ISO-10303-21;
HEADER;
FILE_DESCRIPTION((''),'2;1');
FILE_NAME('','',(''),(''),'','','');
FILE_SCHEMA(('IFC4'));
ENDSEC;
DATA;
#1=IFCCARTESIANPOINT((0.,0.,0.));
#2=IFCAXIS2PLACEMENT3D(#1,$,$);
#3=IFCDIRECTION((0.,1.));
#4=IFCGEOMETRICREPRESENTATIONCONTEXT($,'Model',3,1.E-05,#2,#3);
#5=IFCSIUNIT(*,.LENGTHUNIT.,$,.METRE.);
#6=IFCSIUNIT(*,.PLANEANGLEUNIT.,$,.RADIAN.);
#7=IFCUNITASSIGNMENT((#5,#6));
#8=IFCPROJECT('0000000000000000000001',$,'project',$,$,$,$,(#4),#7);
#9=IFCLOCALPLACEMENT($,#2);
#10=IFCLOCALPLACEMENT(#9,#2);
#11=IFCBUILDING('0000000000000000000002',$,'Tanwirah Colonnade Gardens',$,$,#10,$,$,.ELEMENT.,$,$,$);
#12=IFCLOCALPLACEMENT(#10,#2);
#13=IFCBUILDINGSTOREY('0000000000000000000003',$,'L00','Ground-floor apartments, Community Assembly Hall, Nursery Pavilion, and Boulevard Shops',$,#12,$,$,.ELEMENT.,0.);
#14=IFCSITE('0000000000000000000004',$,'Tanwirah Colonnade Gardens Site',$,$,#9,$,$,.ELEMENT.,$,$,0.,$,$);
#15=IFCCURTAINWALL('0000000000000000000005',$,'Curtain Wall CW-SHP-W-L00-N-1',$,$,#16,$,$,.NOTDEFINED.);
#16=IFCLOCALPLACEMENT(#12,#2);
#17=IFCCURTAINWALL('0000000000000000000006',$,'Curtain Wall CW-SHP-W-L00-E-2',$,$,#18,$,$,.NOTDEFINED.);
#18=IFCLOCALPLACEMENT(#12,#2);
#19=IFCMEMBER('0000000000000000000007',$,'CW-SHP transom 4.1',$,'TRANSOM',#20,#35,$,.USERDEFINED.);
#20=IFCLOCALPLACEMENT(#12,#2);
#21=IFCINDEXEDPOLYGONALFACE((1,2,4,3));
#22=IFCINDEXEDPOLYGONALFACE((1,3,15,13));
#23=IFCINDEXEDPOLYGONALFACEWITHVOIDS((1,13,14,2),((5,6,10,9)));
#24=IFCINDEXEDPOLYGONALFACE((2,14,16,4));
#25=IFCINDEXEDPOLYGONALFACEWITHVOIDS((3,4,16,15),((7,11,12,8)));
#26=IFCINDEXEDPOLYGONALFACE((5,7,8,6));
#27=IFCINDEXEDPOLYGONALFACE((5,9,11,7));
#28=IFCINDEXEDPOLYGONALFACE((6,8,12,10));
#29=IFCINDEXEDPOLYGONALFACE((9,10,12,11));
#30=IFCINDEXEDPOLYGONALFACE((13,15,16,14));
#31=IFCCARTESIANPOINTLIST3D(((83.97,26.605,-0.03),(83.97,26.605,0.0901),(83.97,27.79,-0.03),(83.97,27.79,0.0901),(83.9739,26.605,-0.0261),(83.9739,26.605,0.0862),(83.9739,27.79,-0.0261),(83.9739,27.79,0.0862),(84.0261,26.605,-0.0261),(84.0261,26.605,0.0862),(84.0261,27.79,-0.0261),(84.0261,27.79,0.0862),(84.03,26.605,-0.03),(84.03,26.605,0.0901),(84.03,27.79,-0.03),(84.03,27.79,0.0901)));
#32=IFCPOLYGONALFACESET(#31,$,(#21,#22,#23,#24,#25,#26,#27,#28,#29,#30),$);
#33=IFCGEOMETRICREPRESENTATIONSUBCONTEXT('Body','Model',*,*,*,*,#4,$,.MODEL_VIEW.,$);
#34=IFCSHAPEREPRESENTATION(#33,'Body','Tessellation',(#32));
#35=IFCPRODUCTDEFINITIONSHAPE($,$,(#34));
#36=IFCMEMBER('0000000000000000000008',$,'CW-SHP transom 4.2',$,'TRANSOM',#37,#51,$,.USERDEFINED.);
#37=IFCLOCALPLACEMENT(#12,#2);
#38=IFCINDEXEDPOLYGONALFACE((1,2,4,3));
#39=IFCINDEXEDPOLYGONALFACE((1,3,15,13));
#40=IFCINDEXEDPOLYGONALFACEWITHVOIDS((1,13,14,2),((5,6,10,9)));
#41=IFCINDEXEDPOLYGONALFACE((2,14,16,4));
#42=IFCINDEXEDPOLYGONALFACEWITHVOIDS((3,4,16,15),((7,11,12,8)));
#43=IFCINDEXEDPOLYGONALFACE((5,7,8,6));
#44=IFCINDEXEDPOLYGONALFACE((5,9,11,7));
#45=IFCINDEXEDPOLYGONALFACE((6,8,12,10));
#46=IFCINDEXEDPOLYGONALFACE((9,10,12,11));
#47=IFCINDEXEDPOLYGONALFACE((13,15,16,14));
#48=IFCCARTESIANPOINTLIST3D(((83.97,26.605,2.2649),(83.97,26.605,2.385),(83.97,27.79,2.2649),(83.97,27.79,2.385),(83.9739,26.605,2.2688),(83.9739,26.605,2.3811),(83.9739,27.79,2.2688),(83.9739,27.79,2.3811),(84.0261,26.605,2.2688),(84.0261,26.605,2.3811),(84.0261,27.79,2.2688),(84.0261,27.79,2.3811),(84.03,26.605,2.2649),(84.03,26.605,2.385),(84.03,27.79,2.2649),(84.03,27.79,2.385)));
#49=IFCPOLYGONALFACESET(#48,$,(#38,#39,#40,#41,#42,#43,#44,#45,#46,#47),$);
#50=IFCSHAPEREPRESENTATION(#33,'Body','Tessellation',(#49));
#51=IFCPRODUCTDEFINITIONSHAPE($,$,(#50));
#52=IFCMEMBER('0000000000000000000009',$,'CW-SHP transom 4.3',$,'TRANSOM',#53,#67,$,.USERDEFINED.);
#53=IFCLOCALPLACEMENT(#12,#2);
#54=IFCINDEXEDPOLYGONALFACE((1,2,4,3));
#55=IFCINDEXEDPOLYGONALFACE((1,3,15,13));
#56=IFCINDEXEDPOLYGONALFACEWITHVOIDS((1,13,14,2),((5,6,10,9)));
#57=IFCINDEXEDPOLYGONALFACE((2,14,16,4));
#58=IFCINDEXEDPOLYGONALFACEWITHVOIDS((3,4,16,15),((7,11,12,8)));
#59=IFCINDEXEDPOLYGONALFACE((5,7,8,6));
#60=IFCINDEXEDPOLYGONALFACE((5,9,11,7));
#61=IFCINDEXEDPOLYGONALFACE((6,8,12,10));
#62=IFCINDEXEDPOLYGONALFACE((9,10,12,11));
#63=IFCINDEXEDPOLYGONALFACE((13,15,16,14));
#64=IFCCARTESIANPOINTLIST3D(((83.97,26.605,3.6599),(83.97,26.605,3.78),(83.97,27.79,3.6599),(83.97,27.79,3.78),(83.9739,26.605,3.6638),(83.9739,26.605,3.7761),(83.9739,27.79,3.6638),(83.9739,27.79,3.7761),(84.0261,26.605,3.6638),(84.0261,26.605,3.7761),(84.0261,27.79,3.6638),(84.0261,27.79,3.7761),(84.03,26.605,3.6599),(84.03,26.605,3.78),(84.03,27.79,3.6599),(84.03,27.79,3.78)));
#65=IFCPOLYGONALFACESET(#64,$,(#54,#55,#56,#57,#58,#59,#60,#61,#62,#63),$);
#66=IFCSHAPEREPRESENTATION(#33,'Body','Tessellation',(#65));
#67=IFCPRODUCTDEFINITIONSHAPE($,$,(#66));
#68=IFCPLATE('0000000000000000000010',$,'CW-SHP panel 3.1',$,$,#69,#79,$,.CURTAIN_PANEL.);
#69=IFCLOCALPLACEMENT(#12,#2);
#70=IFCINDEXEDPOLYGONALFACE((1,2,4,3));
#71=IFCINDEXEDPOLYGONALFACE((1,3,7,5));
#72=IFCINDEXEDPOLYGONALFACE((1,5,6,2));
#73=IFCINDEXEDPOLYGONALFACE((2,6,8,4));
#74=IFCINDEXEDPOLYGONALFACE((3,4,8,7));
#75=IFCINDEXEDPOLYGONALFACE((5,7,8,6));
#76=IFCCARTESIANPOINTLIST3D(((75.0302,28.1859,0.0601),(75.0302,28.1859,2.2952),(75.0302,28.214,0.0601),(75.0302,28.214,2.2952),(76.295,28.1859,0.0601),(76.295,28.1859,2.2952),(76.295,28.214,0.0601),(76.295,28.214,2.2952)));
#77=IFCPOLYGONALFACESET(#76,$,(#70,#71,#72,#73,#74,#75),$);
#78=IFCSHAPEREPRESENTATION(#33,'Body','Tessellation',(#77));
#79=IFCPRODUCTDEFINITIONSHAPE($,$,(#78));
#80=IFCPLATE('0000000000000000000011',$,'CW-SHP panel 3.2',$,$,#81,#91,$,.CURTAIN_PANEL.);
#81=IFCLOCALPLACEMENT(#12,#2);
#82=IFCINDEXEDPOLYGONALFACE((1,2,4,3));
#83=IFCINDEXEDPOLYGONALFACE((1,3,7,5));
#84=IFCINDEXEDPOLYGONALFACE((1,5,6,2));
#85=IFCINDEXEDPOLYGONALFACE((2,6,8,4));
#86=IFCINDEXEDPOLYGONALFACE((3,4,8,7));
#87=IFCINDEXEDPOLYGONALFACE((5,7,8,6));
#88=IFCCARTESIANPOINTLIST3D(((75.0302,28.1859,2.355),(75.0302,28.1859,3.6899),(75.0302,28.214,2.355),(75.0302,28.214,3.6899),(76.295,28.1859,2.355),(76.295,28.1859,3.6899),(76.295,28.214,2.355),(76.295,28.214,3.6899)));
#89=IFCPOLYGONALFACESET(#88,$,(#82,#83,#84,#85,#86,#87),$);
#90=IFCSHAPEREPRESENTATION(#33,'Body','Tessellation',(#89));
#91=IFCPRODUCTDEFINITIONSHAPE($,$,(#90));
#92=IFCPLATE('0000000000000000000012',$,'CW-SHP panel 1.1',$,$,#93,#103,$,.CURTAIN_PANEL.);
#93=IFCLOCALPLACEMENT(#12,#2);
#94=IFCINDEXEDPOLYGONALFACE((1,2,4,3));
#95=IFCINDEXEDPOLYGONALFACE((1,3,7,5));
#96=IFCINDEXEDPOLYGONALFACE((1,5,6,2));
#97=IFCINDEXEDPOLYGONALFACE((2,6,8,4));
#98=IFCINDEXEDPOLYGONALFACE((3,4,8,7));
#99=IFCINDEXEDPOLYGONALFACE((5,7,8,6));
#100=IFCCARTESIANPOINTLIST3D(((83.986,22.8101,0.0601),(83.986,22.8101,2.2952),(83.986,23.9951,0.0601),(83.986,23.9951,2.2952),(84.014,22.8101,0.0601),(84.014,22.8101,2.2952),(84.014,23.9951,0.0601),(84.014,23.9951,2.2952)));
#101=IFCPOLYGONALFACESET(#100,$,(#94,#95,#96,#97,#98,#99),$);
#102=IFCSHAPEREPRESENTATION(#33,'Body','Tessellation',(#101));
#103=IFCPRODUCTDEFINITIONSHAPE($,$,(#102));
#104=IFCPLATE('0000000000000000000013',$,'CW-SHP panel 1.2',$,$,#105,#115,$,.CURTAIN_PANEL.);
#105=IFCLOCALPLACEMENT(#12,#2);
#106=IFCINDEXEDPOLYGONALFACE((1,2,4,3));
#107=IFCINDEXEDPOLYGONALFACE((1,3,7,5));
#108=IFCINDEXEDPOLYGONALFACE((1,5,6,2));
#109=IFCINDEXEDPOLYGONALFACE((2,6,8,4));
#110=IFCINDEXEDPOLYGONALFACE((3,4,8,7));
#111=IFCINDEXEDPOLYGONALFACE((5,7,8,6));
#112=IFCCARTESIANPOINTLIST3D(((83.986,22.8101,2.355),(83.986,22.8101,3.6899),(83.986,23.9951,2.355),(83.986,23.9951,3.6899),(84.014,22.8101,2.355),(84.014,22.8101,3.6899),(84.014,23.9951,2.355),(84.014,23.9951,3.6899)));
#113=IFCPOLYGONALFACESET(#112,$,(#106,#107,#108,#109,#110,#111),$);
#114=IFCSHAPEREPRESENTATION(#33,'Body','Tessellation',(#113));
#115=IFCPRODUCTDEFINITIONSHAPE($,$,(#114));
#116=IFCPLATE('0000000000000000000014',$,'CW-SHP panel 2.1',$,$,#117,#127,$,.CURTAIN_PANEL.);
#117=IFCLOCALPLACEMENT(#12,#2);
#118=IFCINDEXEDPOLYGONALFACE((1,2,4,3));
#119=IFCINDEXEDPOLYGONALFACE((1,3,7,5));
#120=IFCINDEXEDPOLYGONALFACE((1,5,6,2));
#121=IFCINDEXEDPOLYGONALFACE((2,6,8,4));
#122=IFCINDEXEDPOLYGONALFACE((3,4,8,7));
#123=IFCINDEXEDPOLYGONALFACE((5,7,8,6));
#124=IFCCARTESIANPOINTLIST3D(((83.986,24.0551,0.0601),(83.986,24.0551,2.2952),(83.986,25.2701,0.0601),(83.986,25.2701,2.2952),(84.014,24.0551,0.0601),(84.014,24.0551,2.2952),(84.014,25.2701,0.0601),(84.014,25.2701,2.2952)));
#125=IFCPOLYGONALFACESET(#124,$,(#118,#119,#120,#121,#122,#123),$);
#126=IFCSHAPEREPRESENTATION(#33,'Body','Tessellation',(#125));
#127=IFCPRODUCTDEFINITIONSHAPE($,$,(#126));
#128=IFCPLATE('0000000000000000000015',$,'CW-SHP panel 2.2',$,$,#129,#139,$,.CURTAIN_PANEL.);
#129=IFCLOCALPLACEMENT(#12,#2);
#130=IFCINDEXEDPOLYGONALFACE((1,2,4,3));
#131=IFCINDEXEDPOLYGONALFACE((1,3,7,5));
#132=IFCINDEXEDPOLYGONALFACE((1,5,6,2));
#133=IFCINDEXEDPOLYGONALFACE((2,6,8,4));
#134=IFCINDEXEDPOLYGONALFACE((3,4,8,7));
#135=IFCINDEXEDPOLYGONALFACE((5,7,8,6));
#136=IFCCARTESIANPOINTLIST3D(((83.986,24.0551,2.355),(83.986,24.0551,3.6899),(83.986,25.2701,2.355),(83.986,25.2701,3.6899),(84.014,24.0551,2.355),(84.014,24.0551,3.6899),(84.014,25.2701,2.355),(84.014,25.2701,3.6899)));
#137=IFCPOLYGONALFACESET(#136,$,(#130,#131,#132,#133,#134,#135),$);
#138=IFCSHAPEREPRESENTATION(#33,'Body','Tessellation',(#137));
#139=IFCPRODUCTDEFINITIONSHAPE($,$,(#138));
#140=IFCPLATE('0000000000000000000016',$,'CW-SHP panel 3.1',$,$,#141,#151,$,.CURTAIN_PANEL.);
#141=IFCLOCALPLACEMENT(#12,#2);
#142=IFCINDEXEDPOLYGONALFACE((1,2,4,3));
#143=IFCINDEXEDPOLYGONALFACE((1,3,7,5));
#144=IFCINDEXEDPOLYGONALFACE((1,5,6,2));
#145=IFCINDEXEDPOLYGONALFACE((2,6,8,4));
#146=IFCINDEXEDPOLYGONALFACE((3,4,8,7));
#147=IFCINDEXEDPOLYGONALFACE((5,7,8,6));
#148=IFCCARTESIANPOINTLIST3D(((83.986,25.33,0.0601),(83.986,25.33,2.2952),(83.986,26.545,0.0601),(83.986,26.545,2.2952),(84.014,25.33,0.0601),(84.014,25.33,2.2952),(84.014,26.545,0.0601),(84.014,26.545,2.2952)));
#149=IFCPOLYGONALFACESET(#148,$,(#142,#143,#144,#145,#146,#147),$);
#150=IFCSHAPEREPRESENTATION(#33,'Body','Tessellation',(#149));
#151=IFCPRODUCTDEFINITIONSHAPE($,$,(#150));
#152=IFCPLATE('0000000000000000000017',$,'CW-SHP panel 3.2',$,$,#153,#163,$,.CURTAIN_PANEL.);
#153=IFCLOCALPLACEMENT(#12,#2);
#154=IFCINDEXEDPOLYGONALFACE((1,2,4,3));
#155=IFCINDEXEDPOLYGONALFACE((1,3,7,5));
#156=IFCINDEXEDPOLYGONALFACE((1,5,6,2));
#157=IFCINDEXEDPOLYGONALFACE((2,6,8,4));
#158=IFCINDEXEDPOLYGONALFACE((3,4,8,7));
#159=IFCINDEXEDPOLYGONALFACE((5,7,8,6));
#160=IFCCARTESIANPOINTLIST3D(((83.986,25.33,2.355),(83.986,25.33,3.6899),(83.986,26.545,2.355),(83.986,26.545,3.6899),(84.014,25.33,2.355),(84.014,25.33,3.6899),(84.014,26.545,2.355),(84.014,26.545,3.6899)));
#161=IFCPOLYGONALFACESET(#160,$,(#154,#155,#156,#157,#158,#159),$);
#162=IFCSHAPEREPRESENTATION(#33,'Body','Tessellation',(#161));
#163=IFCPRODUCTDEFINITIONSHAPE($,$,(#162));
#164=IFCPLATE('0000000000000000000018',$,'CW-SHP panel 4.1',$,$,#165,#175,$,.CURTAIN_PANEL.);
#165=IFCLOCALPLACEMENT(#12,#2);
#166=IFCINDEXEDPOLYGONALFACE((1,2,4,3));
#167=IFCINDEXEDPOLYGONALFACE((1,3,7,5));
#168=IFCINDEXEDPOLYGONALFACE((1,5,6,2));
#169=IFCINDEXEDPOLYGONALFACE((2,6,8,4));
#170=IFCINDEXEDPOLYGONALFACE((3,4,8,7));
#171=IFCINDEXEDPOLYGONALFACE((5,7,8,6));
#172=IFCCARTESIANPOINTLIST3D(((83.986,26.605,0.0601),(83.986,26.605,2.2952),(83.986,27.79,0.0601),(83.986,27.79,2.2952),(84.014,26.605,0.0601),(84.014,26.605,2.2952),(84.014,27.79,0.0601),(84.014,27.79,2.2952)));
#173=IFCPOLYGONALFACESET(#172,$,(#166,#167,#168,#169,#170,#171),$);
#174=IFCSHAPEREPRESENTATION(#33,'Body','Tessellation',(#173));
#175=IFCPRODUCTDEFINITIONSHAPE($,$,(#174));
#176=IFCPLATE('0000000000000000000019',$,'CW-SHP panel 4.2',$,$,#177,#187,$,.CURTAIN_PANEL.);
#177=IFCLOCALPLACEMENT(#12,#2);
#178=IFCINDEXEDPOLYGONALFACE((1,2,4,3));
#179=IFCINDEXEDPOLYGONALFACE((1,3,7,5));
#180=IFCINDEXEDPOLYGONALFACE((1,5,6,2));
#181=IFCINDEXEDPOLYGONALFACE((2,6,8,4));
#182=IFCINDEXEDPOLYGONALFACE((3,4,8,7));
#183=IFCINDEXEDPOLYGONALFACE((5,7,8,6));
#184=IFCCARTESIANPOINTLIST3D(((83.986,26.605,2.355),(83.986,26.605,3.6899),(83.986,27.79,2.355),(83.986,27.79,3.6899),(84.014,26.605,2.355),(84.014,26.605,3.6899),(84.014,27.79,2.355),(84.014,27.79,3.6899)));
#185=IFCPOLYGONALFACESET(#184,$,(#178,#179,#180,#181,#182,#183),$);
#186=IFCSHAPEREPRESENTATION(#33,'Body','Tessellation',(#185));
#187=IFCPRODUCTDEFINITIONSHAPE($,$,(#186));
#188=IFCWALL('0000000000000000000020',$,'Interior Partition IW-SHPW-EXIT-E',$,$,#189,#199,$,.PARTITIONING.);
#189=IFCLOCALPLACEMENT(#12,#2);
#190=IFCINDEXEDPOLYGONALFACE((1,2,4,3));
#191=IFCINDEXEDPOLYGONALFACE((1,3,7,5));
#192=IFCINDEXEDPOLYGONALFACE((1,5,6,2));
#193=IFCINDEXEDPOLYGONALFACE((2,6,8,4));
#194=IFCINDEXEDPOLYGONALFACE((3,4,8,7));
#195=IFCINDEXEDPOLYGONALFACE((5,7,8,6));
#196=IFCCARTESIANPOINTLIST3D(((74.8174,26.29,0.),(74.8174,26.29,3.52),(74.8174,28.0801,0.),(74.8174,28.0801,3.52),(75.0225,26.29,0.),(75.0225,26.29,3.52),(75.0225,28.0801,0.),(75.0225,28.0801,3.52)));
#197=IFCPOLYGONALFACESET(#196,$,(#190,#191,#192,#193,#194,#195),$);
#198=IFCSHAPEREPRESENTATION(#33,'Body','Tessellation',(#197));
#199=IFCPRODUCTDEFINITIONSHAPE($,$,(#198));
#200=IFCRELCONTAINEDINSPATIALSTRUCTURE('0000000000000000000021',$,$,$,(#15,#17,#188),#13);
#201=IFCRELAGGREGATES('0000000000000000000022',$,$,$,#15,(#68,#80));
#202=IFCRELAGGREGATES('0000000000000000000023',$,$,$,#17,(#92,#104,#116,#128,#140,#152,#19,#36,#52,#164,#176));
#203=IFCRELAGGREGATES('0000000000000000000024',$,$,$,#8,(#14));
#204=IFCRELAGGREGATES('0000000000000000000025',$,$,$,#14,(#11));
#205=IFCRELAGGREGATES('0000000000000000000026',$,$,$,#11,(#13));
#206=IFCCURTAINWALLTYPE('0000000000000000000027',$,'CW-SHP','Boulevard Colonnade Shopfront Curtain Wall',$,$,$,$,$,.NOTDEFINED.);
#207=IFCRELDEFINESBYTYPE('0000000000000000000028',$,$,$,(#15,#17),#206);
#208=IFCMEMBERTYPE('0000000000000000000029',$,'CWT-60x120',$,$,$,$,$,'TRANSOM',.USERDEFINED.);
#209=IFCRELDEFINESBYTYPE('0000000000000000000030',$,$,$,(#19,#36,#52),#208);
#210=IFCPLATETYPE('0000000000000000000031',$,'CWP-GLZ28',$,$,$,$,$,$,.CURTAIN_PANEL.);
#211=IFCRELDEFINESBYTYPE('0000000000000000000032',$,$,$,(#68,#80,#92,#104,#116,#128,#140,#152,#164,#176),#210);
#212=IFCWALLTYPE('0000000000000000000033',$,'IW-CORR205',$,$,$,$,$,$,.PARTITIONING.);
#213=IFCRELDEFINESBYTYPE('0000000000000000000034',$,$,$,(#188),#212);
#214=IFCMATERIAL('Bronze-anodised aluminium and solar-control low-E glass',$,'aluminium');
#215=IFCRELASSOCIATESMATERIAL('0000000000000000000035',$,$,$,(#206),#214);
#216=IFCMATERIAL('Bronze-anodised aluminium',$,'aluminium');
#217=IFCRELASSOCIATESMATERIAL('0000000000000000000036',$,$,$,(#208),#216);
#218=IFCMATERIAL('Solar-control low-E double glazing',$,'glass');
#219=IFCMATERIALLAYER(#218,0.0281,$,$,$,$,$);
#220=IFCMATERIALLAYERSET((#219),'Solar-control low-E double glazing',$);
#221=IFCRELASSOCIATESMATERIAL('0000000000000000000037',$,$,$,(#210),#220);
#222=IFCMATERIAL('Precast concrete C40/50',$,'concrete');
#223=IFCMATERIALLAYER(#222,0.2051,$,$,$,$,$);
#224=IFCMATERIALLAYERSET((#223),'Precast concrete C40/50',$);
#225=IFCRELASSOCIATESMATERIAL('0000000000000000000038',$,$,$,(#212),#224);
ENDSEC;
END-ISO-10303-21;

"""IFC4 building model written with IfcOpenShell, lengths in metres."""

from ifc_helpers import new_model, si_unit, direction, frame, frame_2d, origin, origin_2d, place, context, subcontext, project, spatial, rectangle, hollow_rectangle, extrude, material, layer, layer_set, material_profile, profile_set, type_object, element, aggregate, save


model = new_model("IFC4")

# Units and contexts
model_context = context("Model", 3, precision=1e-05, world=origin(), true_north=direction((0.0, 1.0)))
body_context = subcontext(model_context, "Body", "Model", "MODEL_VIEW")
ifc_project = project(units=[si_unit("LENGTHUNIT", "METRE"), si_unit("PLANEANGLEUNIT", "RADIAN")], contexts=[model_context])

# Site, building, storey
site_placement = place(None, origin())
site = spatial("IfcSite", under=ifc_project, at=site_placement, Name="Tanwirah Colonnade Gardens Site", CompositionType="ELEMENT", RefElevation=0.0)
building_placement = place(site_placement, origin())
building = spatial("IfcBuilding", under=site, at=building_placement, Name="Tanwirah Colonnade Gardens", CompositionType="ELEMENT")
storey_placement = place(building_placement, origin())
storey = spatial("IfcBuildingStorey", under=building, at=storey_placement, Name="L00", Description="Ground-floor apartments, Community Assembly Hall, Nursery Pavilion, and Boulevard Shops", CompositionType="ELEMENT", Elevation=0.0)

# Shared definitions
ifc_material_1 = material(Name="Precast concrete C40/50", Category="concrete")

# Curtain walls
ifc_material_2 = material(Name="Bronze-anodised aluminium and solar-control low-E glass", Category="aluminium")
curtain_wall_type = type_object("IfcCurtainWallType", Name="CW-SHP", Description="Boulevard Colonnade Shopfront Curtain Wall", PredefinedType="NOTDEFINED", material=ifc_material_2)
curtain_wall_1_placement = place(storey_placement, origin())
curtain_wall_1 = element("IfcCurtainWall", 1, at=curtain_wall_1_placement, inside=storey, type_object=curtain_wall_type, Name="Curtain Wall CW-SHP-W-L00-N-1", PredefinedType="NOTDEFINED")
ifc_material_3 = material(Name="Bronze-anodised aluminium", Category="aluminium")
curtain_wall_2_placement = place(storey_placement, origin())
curtain_wall_2 = element("IfcCurtainWall", 2, at=curtain_wall_2_placement, inside=storey, type_object=curtain_wall_type, Name="Curtain Wall CW-SHP-W-L00-E-2", PredefinedType="NOTDEFINED")

# Members
ifc_material_profile_1 = material_profile(ifc_material_3, hollow_rectangle(XDim=0.0601, YDim=0.1201, WallThickness=0.0039, at=origin_2d()), Name="CW-TRN 60x120x4")
ifc_profile_set_1 = profile_set([ifc_material_profile_1], Name="Bronze-anodised aluminium")
member_type_1 = type_object("IfcMemberType", Name="CWT-60x120", ElementType="TRANSOM", PredefinedType="USERDEFINED", material=ifc_profile_set_1)
member_1_placement = place(storey_placement, frame((84.0, 26.605, 0.03), z_axis=(0.0, 1.0, 0.0), x_axis=(-1.0, 0.0, 0.0)))
member_1 = element("IfcMember", 3, at=member_1_placement, type_object=member_type_1, Name="CW-SHP transom 4.1", ObjectType="TRANSOM", PredefinedType="USERDEFINED", context=body_context, shape_type="SweptSolid", body=[
    extrude(hollow_rectangle(XDim=0.0601, YDim=0.1201, WallThickness=0.0039, at=origin_2d()), origin(), (0.0, 0.0, 1.0), 1.1851),
])
member_2_placement = place(storey_placement, frame((84.0, 26.605, 2.325), z_axis=(0.0, 1.0, 0.0), x_axis=(-1.0, 0.0, 0.0)))
member_2 = element("IfcMember", 4, at=member_2_placement, type_object=member_type_1, Name="CW-SHP transom 4.2", ObjectType="TRANSOM", PredefinedType="USERDEFINED", context=body_context, shape_type="SweptSolid", body=[
    extrude(hollow_rectangle(XDim=0.0601, YDim=0.1201, WallThickness=0.0039, at=origin_2d()), origin(), (0.0, 0.0, 1.0), 1.1851),
])
member_3_placement = place(storey_placement, frame((84.0, 26.605, 3.72), z_axis=(0.0, 1.0, 0.0), x_axis=(-1.0, 0.0, 0.0)))
member_3 = element("IfcMember", 5, at=member_3_placement, type_object=member_type_1, Name="CW-SHP transom 4.3", ObjectType="TRANSOM", PredefinedType="USERDEFINED", context=body_context, shape_type="SweptSolid", body=[
    extrude(hollow_rectangle(XDim=0.0601, YDim=0.1201, WallThickness=0.0039, at=origin_2d()), origin(), (0.0, 0.0, 1.0), 1.1851),
])

# Plates
ifc_material_4 = material(Name="Solar-control low-E double glazing", Category="glass")
ifc_layer_1 = layer(ifc_material_4, 0.0281)
ifc_layer_set_1 = layer_set([ifc_layer_1], Name="Solar-control low-E double glazing")
plate_type = type_object("IfcPlateType", Name="CWP-GLZ28", PredefinedType="CURTAIN_PANEL", material=ifc_layer_set_1)
plate_1_placement = place(storey_placement, frame((75.6626, 28.2, 0.0601), z_axis=(0.0, 0.0, 1.0), x_axis=(1.0, 0.0, 0.0)))
plate_1 = element("IfcPlate", 6, at=plate_1_placement, type_object=plate_type, Name="CW-SHP panel 3.1", PredefinedType="CURTAIN_PANEL", context=body_context, shape_type="SweptSolid", body=[
    extrude(rectangle(XDim=1.2649, YDim=0.0281, at=origin_2d()), origin(), (0.0, 0.0, 1.0), 2.2351),
])
plate_2_placement = place(storey_placement, frame((75.6626, 28.2, 2.355), z_axis=(0.0, 0.0, 1.0), x_axis=(1.0, 0.0, 0.0)))
plate_2 = element("IfcPlate", 7, at=plate_2_placement, type_object=plate_type, Name="CW-SHP panel 3.2", PredefinedType="CURTAIN_PANEL", context=body_context, shape_type="SweptSolid", body=[
    extrude(rectangle(XDim=1.2649, YDim=0.0281, at=origin_2d()), origin(), (0.0, 0.0, 1.0), 1.335),
])
aggregate(curtain_wall_1, [plate_1, plate_2])
plate_3_placement = place(storey_placement, frame((84.0, 23.4026, 0.0601), z_axis=(0.0, 0.0, 1.0), x_axis=(0.0, 1.0, 0.0)))
plate_3 = element("IfcPlate", 8, at=plate_3_placement, type_object=plate_type, Name="CW-SHP panel 1.1", PredefinedType="CURTAIN_PANEL", context=body_context, shape_type="SweptSolid", body=[
    extrude(rectangle(XDim=1.1851, YDim=0.0281, at=origin_2d()), origin(), (0.0, 0.0, 1.0), 2.2351),
])
plate_4_placement = place(storey_placement, frame((84.0, 23.4026, 2.355), z_axis=(0.0, 0.0, 1.0), x_axis=(0.0, 1.0, 0.0)))
plate_4 = element("IfcPlate", 9, at=plate_4_placement, type_object=plate_type, Name="CW-SHP panel 1.2", PredefinedType="CURTAIN_PANEL", context=body_context, shape_type="SweptSolid", body=[
    extrude(rectangle(XDim=1.1851, YDim=0.0281, at=origin_2d()), origin(), (0.0, 0.0, 1.0), 1.335),
])
plate_5_placement = place(storey_placement, frame((84.0, 24.6626, 0.0601), z_axis=(0.0, 0.0, 1.0), x_axis=(0.0, 1.0, 0.0)))
plate_5 = element("IfcPlate", 10, at=plate_5_placement, type_object=plate_type, Name="CW-SHP panel 2.1", PredefinedType="CURTAIN_PANEL", context=body_context, shape_type="SweptSolid", body=[
    extrude(rectangle(XDim=1.2151, YDim=0.0281, at=origin_2d()), origin(), (0.0, 0.0, 1.0), 2.2351),
])
plate_6_placement = place(storey_placement, frame((84.0, 24.6626, 2.355), z_axis=(0.0, 0.0, 1.0), x_axis=(0.0, 1.0, 0.0)))
plate_6 = element("IfcPlate", 11, at=plate_6_placement, type_object=plate_type, Name="CW-SHP panel 2.2", PredefinedType="CURTAIN_PANEL", context=body_context, shape_type="SweptSolid", body=[
    extrude(rectangle(XDim=1.2151, YDim=0.0281, at=origin_2d()), origin(), (0.0, 0.0, 1.0), 1.335),
])
plate_7_placement = place(storey_placement, frame((84.0, 25.9375, 0.0601), z_axis=(0.0, 0.0, 1.0), x_axis=(0.0, 1.0, 0.0)))
plate_7 = element("IfcPlate", 12, at=plate_7_placement, type_object=plate_type, Name="CW-SHP panel 3.1", PredefinedType="CURTAIN_PANEL", context=body_context, shape_type="SweptSolid", body=[
    extrude(rectangle(XDim=1.2151, YDim=0.0281, at=origin_2d()), origin(), (0.0, 0.0, 1.0), 2.2351),
])
plate_8_placement = place(storey_placement, frame((84.0, 25.9375, 2.355), z_axis=(0.0, 0.0, 1.0), x_axis=(0.0, 1.0, 0.0)))
plate_8 = element("IfcPlate", 13, at=plate_8_placement, type_object=plate_type, Name="CW-SHP panel 3.2", PredefinedType="CURTAIN_PANEL", context=body_context, shape_type="SweptSolid", body=[
    extrude(rectangle(XDim=1.2151, YDim=0.0281, at=origin_2d()), origin(), (0.0, 0.0, 1.0), 1.335),
])
plate_9_placement = place(storey_placement, frame((84.0, 27.1975, 0.0601), z_axis=(0.0, 0.0, 1.0), x_axis=(0.0, 1.0, 0.0)))
plate_9 = element("IfcPlate", 14, at=plate_9_placement, type_object=plate_type, Name="CW-SHP panel 4.1", PredefinedType="CURTAIN_PANEL", context=body_context, shape_type="SweptSolid", body=[
    extrude(rectangle(XDim=1.1851, YDim=0.0281, at=origin_2d()), origin(), (0.0, 0.0, 1.0), 2.2351),
])
plate_10_placement = place(storey_placement, frame((84.0, 27.1975, 2.355), z_axis=(0.0, 0.0, 1.0), x_axis=(0.0, 1.0, 0.0)))
plate_10 = element("IfcPlate", 15, at=plate_10_placement, type_object=plate_type, Name="CW-SHP panel 4.2", PredefinedType="CURTAIN_PANEL", context=body_context, shape_type="SweptSolid", body=[
    extrude(rectangle(XDim=1.1851, YDim=0.0281, at=origin_2d()), origin(), (0.0, 0.0, 1.0), 1.335),
])
aggregate(curtain_wall_2, [plate_3, plate_4, plate_5, plate_6, plate_7, plate_8, member_1, member_2, member_3, plate_9, plate_10])

# Wall
ifc_layer_2 = layer(ifc_material_1, 0.2051)
ifc_layer_set_2 = layer_set([ifc_layer_2], Name="Precast concrete C40/50")
wall_type_1 = type_object("IfcWallType", Name="IW-CORR205", PredefinedType="PARTITIONING", material=ifc_layer_set_2)
wall_1_placement = place(storey_placement, frame((74.9199, 26.29, 0.0), z_axis=(0.0, 0.0, 1.0), x_axis=(0.0, 1.0, 0.0)))
element("IfcWall", 16, at=wall_1_placement, inside=storey, type_object=wall_type_1, Name="Interior Partition IW-SHPW-EXIT-E", PredefinedType="PARTITIONING", context=body_context, shape_type="SweptSolid", body=[
    extrude(rectangle(XDim=1.79, YDim=0.2051, at=frame_2d((0.895, 0.0))), origin(), (0.0, 0.0, 1.0), 3.52),
])

save(model, "model.ifc")
